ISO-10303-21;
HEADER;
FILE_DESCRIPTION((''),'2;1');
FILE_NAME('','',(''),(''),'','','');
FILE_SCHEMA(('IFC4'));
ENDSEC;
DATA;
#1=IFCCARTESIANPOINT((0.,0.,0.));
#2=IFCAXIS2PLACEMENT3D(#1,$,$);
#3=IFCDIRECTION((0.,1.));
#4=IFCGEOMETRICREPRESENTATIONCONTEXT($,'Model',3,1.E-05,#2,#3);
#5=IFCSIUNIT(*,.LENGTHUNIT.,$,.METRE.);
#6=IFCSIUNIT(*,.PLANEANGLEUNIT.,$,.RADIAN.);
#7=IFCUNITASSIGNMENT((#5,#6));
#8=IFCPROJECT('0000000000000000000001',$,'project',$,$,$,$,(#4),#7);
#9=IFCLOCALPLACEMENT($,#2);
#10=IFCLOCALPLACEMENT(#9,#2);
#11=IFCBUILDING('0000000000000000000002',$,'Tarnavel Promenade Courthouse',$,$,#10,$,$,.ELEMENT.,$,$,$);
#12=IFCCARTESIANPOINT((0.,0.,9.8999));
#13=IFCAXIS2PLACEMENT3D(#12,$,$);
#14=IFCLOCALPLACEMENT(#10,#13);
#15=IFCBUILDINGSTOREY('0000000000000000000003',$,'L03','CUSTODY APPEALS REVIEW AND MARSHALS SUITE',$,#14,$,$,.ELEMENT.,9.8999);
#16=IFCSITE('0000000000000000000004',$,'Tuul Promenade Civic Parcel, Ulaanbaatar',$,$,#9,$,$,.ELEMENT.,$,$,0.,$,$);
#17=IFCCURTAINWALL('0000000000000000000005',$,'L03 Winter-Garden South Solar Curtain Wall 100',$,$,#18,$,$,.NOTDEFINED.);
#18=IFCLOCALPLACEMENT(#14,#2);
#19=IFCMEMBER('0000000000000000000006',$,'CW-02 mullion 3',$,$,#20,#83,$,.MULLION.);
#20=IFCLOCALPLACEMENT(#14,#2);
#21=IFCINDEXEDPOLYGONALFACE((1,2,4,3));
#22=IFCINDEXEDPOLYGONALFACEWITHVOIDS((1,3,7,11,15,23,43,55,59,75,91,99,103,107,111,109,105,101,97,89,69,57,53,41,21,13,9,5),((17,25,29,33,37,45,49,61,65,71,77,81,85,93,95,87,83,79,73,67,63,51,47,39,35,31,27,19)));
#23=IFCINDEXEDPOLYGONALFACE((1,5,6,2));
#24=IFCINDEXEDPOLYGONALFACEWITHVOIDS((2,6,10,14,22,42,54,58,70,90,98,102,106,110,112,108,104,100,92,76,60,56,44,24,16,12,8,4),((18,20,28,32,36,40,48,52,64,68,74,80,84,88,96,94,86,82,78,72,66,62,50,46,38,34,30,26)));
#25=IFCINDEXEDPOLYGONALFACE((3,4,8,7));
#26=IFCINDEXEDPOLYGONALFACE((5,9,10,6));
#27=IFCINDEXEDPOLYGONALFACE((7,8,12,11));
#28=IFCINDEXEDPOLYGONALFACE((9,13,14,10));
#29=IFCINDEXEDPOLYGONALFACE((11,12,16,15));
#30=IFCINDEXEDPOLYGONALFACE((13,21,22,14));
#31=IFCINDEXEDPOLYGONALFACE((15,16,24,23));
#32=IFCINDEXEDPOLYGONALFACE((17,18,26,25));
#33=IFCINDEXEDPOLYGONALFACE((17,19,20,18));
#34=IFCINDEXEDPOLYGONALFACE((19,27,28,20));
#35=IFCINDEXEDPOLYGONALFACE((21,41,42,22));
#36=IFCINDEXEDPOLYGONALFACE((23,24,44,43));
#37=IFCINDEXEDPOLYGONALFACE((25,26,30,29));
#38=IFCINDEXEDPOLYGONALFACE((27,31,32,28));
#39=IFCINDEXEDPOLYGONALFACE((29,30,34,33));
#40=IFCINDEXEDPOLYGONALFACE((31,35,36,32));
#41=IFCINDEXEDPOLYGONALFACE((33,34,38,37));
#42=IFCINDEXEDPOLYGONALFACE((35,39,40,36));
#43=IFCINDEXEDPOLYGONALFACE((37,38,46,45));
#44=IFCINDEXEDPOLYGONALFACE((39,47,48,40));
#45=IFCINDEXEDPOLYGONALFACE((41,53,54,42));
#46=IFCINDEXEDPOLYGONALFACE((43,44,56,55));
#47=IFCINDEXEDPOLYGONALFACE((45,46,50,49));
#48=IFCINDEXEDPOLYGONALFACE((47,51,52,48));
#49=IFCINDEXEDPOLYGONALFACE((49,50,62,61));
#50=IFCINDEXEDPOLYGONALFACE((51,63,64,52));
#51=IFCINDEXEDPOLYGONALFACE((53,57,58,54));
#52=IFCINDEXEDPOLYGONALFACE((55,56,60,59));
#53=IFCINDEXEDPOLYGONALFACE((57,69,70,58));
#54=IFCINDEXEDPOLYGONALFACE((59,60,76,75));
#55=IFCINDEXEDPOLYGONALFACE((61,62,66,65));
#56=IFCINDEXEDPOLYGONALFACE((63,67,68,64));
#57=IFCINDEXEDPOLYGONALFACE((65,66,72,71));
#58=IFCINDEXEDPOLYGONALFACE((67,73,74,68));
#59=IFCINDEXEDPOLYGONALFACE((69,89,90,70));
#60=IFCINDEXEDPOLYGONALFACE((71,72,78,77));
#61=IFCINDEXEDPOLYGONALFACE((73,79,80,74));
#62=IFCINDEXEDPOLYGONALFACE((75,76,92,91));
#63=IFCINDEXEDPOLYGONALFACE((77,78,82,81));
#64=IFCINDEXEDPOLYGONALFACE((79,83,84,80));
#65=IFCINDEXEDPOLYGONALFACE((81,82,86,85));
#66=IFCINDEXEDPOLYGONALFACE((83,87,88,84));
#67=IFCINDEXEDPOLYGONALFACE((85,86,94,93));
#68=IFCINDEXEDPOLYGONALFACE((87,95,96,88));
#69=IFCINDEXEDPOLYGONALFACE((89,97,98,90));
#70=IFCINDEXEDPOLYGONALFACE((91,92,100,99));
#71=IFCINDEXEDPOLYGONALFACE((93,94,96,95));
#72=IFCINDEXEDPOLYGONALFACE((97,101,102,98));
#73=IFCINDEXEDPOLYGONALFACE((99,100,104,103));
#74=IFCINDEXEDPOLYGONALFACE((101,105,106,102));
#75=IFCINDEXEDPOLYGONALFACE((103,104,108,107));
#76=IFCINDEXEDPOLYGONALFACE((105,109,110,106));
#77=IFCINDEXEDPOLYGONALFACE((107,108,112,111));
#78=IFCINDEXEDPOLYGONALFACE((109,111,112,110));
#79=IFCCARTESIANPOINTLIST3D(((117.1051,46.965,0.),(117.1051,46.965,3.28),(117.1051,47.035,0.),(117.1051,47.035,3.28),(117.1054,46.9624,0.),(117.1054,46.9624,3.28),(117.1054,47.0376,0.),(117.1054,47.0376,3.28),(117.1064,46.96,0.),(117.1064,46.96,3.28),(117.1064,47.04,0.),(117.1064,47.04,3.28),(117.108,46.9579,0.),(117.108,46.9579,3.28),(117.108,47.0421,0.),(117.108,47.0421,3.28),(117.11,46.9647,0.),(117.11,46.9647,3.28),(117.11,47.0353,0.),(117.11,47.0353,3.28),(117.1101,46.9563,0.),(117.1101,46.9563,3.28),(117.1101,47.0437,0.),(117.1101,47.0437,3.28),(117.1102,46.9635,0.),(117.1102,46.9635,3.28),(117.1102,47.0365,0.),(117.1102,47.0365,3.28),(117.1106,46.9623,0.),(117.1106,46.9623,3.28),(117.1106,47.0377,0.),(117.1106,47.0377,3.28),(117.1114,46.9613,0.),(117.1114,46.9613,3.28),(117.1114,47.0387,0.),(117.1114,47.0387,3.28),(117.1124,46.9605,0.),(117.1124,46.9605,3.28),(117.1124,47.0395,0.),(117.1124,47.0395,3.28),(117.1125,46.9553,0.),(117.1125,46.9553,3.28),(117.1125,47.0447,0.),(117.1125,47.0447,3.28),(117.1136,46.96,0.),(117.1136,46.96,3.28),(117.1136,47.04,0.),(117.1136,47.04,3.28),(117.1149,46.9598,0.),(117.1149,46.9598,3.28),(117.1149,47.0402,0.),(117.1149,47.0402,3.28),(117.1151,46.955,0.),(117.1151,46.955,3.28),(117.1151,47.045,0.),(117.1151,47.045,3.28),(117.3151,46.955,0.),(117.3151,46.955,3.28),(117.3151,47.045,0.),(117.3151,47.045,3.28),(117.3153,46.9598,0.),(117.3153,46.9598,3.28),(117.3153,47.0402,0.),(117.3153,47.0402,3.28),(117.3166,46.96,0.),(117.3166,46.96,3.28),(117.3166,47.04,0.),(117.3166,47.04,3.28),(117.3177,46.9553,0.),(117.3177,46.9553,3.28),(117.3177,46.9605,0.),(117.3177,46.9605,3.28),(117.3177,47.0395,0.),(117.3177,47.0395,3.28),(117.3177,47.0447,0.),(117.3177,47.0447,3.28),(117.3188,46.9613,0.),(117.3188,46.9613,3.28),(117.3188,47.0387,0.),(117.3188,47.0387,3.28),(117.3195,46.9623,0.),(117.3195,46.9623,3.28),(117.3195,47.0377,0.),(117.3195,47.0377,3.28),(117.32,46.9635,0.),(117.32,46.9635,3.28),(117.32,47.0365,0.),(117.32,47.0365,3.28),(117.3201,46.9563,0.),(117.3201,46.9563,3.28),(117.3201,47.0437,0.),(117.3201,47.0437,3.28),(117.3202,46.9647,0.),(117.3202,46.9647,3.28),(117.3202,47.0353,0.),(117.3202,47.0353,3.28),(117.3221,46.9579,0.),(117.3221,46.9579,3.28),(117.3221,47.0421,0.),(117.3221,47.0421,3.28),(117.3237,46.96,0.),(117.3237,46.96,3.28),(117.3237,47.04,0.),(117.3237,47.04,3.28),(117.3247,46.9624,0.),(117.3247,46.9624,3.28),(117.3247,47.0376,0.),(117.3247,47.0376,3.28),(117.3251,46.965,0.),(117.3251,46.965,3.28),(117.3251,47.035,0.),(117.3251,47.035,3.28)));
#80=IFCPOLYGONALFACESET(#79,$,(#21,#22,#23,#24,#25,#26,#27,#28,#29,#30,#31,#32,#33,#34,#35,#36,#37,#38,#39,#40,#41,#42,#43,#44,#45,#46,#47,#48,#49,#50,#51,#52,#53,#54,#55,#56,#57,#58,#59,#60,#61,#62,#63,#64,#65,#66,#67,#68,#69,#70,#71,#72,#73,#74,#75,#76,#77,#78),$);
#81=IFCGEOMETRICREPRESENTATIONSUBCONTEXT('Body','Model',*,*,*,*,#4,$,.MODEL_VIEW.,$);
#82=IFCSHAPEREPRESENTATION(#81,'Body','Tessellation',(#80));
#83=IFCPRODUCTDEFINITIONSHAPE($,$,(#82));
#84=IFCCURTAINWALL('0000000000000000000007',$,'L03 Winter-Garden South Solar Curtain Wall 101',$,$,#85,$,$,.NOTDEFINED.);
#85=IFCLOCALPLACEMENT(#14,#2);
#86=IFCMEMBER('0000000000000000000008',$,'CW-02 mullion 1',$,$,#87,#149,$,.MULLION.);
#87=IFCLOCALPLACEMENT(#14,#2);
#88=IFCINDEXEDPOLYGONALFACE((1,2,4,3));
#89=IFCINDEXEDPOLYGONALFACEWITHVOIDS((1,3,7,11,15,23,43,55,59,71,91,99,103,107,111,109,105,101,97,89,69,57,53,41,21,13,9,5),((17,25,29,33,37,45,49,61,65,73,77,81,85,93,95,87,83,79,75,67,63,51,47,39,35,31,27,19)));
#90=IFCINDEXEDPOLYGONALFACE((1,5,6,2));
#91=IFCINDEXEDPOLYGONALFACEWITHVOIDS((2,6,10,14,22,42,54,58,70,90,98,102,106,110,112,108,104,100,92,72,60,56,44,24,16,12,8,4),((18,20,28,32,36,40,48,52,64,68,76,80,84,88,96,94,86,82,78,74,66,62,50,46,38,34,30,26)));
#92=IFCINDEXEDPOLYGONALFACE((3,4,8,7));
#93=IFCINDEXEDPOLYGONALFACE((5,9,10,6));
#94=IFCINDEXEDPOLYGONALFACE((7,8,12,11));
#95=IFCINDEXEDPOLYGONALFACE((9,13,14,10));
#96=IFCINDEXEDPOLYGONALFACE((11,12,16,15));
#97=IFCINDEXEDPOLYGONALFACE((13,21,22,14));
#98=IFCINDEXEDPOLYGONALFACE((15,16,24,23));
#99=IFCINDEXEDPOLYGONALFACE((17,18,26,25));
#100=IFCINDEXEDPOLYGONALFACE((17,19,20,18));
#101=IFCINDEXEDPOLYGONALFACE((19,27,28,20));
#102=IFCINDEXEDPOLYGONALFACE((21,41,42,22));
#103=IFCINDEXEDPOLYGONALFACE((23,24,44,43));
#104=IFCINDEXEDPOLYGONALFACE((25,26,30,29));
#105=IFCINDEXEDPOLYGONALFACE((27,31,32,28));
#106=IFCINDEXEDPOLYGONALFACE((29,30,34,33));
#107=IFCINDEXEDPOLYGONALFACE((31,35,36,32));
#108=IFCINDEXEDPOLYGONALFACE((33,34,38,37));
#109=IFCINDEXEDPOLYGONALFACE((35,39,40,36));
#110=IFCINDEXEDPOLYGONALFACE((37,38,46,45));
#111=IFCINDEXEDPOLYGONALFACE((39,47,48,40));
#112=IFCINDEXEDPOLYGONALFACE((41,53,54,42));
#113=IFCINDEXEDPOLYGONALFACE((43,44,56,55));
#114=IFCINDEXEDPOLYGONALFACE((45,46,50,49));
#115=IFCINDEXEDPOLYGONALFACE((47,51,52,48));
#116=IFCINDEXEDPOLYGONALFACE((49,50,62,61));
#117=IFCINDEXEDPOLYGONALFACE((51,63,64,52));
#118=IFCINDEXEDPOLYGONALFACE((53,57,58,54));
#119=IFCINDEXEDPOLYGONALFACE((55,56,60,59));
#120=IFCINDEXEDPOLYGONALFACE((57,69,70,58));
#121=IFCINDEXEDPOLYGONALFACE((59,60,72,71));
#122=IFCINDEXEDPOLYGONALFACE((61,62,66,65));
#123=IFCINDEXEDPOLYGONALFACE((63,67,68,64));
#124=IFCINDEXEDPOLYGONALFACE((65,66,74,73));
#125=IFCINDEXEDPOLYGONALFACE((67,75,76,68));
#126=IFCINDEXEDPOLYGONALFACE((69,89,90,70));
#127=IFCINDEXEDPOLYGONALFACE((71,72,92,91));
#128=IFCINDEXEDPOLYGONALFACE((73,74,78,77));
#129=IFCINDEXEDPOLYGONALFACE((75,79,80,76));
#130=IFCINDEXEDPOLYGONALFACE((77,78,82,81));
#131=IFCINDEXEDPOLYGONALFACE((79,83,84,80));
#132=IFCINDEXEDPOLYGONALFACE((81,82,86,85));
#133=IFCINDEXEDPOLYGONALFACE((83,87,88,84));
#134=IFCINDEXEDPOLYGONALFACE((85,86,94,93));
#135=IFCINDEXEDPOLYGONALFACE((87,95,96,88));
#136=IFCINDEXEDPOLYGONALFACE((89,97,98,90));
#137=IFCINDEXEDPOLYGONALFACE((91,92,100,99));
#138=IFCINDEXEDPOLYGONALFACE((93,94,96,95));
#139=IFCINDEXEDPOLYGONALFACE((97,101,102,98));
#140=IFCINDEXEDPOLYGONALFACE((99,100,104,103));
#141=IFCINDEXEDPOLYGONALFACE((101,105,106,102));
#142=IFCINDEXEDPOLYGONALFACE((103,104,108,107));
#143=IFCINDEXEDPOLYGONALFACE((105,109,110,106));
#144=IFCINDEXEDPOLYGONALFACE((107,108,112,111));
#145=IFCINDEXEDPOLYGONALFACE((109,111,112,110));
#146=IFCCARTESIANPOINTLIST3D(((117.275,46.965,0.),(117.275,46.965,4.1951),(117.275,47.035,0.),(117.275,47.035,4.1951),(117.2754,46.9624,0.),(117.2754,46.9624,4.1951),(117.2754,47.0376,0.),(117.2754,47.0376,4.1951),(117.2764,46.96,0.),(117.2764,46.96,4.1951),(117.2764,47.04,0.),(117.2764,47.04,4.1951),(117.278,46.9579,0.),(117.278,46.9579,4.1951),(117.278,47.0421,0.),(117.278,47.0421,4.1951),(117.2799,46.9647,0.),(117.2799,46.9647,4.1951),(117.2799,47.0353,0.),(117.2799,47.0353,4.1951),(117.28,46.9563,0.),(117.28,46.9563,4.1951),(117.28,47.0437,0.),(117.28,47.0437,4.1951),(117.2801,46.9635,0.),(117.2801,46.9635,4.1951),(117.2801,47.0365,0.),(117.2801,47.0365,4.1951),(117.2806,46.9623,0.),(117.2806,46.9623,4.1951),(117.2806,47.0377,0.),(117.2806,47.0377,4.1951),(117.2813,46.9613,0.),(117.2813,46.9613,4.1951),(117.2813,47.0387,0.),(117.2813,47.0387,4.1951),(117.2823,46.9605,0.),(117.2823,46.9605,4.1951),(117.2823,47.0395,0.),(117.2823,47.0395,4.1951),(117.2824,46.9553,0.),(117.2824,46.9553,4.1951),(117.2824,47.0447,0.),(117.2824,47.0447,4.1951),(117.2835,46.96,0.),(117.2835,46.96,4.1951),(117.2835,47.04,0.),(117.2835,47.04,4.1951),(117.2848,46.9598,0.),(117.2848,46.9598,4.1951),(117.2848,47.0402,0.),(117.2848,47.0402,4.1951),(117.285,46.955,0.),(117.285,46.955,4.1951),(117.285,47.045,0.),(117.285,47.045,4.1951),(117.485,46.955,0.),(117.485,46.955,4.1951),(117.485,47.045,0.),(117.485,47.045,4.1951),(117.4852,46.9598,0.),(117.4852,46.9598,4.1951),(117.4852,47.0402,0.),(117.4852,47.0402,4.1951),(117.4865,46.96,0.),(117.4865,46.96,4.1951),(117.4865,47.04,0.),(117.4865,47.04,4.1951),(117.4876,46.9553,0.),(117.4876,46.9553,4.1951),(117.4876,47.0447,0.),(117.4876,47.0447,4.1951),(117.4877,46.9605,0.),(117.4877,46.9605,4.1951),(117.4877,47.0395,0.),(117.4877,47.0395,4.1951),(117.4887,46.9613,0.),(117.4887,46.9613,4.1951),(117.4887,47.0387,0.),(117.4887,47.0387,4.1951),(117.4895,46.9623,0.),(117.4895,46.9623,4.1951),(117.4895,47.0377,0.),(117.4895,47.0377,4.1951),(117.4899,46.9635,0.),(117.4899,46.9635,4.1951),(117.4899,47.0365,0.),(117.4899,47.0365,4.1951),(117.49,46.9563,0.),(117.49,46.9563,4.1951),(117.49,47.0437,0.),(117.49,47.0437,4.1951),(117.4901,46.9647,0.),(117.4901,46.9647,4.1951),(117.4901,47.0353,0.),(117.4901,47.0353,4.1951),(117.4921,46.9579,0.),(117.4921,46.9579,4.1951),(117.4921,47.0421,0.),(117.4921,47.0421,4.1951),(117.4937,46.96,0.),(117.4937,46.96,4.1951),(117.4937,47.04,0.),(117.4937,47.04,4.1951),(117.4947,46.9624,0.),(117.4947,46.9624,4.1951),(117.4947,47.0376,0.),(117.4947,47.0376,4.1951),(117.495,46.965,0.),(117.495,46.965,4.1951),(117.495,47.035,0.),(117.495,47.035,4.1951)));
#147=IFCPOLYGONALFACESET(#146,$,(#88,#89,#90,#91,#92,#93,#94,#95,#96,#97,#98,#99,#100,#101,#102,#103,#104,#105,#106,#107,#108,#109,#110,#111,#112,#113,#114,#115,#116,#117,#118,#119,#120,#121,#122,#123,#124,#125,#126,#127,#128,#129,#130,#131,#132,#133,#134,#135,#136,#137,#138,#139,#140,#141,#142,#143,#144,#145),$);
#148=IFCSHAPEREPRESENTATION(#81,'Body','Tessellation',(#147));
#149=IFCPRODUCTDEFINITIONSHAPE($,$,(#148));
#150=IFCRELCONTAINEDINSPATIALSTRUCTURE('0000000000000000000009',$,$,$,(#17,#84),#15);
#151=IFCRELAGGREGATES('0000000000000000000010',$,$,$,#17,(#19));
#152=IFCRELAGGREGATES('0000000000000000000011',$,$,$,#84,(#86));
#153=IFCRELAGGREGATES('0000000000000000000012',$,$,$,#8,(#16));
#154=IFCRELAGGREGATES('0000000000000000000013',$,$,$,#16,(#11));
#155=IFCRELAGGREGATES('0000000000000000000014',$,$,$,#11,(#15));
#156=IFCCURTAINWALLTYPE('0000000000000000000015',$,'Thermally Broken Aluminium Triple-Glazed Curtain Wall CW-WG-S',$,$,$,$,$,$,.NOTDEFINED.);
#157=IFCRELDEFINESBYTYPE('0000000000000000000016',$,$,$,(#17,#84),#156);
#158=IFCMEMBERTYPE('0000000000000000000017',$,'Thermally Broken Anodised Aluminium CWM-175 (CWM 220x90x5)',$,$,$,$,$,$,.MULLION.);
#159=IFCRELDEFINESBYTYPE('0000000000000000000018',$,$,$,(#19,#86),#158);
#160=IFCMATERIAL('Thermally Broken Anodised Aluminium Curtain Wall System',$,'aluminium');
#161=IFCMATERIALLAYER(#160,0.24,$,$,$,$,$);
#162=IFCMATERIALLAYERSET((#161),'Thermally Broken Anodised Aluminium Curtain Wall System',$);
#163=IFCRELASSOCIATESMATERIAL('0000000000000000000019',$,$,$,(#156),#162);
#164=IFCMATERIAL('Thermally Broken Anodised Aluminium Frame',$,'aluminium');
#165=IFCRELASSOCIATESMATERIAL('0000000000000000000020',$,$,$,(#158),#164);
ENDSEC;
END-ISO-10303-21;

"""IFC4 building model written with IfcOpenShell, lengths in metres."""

from ifc_helpers import new_model, si_unit, direction, frame, origin, origin_2d, place, context, subcontext, project, spatial, hollow_rectangle, extrude, material, layer, layer_set, material_profile, profile_set, type_object, element, aggregate, save


model = new_model("IFC4")

# Units and contexts
model_context = context("Model", 3, precision=1e-05, world=origin(), true_north=direction((0.0, 1.0)))
body_context = subcontext(model_context, "Body", "Model", "MODEL_VIEW")
ifc_project = project(units=[si_unit("LENGTHUNIT", "METRE"), si_unit("PLANEANGLEUNIT", "RADIAN")], contexts=[model_context])

# Site, building, storey
site_placement = place(None, origin())
site = spatial("IfcSite", under=ifc_project, at=site_placement, Name="Tuul Promenade Civic Parcel, Ulaanbaatar", CompositionType="ELEMENT", RefElevation=0.0)
building_placement = place(site_placement, origin())
building = spatial("IfcBuilding", under=site, at=building_placement, Name="Tarnavel Promenade Courthouse", CompositionType="ELEMENT")
storey_placement = place(building_placement, frame((0.0, 0.0, 9.8999)))
storey = spatial("IfcBuildingStorey", under=building, at=storey_placement, Name="L03", Description="CUSTODY APPEALS REVIEW AND MARSHALS SUITE", CompositionType="ELEMENT", Elevation=9.8999)

# Curtain walls, members
ifc_material_1 = material(Name="Thermally Broken Anodised Aluminium Curtain Wall System", Category="aluminium")
ifc_layer_1 = layer(ifc_material_1, 0.24)
ifc_layer_set_1 = layer_set([ifc_layer_1], Name="Thermally Broken Anodised Aluminium Curtain Wall System")
curtain_wall_type = type_object("IfcCurtainWallType", Name="Thermally Broken Aluminium Triple-Glazed Curtain Wall CW-WG-S", PredefinedType="NOTDEFINED", material=ifc_layer_set_1)
curtain_wall_1_placement = place(storey_placement, origin())
curtain_wall_1 = element("IfcCurtainWall", 1, at=curtain_wall_1_placement, inside=storey, type_object=curtain_wall_type, Name="L03 Winter-Garden South Solar Curtain Wall 100", PredefinedType="NOTDEFINED")
ifc_material_2 = material(Name="Thermally Broken Anodised Aluminium Frame", Category="aluminium")
ifc_material_profile_1 = material_profile(ifc_material_2, hollow_rectangle(XDim=0.0901, YDim=0.22, WallThickness=0.0049, InnerFilletRadius=0.0049, OuterFilletRadius=0.01, at=origin_2d()), Name="CWM 220x90x5")
ifc_profile_set_1 = profile_set([ifc_material_profile_1], Name="Thermally Broken Anodised Aluminium Frame")
member_type_1 = type_object("IfcMemberType", Name="Thermally Broken Anodised Aluminium CWM-175 (CWM 220x90x5)", PredefinedType="MULLION", material=ifc_profile_set_1)
member_1_placement = place(storey_placement, frame((117.2151, 47.0, 0.0), z_axis=(0.0, 0.0, 1.0), x_axis=(0.0, 1.0, 0.0)))
member_1 = element("IfcMember", 2, at=member_1_placement, type_object=member_type_1, Name="CW-02 mullion 3", PredefinedType="MULLION", context=body_context, shape_type="SweptSolid", body=[
    extrude(hollow_rectangle(XDim=0.0901, YDim=0.22, WallThickness=0.0049, InnerFilletRadius=0.0049, OuterFilletRadius=0.01, at=origin_2d()), origin(), (0.0, 0.0, 1.0), 3.28),
])
curtain_wall_2_placement = place(storey_placement, origin())
curtain_wall_2 = element("IfcCurtainWall", 3, at=curtain_wall_2_placement, inside=storey, type_object=curtain_wall_type, Name="L03 Winter-Garden South Solar Curtain Wall 101", PredefinedType="NOTDEFINED")
member_2_placement = place(storey_placement, frame((117.385, 47.0, 0.0), z_axis=(0.0, 0.0, 1.0), x_axis=(0.0, 1.0, 0.0)))
member_2 = element("IfcMember", 4, at=member_2_placement, type_object=member_type_1, Name="CW-02 mullion 1", PredefinedType="MULLION", context=body_context, shape_type="SweptSolid", body=[
    extrude(hollow_rectangle(XDim=0.0901, YDim=0.22, WallThickness=0.0049, InnerFilletRadius=0.0049, OuterFilletRadius=0.01, at=origin_2d()), origin(), (0.0, 0.0, 1.0), 4.1951),
])

aggregate(curtain_wall_1, [member_1])
aggregate(curtain_wall_2, [member_2])

save(model, "model.ifc")
